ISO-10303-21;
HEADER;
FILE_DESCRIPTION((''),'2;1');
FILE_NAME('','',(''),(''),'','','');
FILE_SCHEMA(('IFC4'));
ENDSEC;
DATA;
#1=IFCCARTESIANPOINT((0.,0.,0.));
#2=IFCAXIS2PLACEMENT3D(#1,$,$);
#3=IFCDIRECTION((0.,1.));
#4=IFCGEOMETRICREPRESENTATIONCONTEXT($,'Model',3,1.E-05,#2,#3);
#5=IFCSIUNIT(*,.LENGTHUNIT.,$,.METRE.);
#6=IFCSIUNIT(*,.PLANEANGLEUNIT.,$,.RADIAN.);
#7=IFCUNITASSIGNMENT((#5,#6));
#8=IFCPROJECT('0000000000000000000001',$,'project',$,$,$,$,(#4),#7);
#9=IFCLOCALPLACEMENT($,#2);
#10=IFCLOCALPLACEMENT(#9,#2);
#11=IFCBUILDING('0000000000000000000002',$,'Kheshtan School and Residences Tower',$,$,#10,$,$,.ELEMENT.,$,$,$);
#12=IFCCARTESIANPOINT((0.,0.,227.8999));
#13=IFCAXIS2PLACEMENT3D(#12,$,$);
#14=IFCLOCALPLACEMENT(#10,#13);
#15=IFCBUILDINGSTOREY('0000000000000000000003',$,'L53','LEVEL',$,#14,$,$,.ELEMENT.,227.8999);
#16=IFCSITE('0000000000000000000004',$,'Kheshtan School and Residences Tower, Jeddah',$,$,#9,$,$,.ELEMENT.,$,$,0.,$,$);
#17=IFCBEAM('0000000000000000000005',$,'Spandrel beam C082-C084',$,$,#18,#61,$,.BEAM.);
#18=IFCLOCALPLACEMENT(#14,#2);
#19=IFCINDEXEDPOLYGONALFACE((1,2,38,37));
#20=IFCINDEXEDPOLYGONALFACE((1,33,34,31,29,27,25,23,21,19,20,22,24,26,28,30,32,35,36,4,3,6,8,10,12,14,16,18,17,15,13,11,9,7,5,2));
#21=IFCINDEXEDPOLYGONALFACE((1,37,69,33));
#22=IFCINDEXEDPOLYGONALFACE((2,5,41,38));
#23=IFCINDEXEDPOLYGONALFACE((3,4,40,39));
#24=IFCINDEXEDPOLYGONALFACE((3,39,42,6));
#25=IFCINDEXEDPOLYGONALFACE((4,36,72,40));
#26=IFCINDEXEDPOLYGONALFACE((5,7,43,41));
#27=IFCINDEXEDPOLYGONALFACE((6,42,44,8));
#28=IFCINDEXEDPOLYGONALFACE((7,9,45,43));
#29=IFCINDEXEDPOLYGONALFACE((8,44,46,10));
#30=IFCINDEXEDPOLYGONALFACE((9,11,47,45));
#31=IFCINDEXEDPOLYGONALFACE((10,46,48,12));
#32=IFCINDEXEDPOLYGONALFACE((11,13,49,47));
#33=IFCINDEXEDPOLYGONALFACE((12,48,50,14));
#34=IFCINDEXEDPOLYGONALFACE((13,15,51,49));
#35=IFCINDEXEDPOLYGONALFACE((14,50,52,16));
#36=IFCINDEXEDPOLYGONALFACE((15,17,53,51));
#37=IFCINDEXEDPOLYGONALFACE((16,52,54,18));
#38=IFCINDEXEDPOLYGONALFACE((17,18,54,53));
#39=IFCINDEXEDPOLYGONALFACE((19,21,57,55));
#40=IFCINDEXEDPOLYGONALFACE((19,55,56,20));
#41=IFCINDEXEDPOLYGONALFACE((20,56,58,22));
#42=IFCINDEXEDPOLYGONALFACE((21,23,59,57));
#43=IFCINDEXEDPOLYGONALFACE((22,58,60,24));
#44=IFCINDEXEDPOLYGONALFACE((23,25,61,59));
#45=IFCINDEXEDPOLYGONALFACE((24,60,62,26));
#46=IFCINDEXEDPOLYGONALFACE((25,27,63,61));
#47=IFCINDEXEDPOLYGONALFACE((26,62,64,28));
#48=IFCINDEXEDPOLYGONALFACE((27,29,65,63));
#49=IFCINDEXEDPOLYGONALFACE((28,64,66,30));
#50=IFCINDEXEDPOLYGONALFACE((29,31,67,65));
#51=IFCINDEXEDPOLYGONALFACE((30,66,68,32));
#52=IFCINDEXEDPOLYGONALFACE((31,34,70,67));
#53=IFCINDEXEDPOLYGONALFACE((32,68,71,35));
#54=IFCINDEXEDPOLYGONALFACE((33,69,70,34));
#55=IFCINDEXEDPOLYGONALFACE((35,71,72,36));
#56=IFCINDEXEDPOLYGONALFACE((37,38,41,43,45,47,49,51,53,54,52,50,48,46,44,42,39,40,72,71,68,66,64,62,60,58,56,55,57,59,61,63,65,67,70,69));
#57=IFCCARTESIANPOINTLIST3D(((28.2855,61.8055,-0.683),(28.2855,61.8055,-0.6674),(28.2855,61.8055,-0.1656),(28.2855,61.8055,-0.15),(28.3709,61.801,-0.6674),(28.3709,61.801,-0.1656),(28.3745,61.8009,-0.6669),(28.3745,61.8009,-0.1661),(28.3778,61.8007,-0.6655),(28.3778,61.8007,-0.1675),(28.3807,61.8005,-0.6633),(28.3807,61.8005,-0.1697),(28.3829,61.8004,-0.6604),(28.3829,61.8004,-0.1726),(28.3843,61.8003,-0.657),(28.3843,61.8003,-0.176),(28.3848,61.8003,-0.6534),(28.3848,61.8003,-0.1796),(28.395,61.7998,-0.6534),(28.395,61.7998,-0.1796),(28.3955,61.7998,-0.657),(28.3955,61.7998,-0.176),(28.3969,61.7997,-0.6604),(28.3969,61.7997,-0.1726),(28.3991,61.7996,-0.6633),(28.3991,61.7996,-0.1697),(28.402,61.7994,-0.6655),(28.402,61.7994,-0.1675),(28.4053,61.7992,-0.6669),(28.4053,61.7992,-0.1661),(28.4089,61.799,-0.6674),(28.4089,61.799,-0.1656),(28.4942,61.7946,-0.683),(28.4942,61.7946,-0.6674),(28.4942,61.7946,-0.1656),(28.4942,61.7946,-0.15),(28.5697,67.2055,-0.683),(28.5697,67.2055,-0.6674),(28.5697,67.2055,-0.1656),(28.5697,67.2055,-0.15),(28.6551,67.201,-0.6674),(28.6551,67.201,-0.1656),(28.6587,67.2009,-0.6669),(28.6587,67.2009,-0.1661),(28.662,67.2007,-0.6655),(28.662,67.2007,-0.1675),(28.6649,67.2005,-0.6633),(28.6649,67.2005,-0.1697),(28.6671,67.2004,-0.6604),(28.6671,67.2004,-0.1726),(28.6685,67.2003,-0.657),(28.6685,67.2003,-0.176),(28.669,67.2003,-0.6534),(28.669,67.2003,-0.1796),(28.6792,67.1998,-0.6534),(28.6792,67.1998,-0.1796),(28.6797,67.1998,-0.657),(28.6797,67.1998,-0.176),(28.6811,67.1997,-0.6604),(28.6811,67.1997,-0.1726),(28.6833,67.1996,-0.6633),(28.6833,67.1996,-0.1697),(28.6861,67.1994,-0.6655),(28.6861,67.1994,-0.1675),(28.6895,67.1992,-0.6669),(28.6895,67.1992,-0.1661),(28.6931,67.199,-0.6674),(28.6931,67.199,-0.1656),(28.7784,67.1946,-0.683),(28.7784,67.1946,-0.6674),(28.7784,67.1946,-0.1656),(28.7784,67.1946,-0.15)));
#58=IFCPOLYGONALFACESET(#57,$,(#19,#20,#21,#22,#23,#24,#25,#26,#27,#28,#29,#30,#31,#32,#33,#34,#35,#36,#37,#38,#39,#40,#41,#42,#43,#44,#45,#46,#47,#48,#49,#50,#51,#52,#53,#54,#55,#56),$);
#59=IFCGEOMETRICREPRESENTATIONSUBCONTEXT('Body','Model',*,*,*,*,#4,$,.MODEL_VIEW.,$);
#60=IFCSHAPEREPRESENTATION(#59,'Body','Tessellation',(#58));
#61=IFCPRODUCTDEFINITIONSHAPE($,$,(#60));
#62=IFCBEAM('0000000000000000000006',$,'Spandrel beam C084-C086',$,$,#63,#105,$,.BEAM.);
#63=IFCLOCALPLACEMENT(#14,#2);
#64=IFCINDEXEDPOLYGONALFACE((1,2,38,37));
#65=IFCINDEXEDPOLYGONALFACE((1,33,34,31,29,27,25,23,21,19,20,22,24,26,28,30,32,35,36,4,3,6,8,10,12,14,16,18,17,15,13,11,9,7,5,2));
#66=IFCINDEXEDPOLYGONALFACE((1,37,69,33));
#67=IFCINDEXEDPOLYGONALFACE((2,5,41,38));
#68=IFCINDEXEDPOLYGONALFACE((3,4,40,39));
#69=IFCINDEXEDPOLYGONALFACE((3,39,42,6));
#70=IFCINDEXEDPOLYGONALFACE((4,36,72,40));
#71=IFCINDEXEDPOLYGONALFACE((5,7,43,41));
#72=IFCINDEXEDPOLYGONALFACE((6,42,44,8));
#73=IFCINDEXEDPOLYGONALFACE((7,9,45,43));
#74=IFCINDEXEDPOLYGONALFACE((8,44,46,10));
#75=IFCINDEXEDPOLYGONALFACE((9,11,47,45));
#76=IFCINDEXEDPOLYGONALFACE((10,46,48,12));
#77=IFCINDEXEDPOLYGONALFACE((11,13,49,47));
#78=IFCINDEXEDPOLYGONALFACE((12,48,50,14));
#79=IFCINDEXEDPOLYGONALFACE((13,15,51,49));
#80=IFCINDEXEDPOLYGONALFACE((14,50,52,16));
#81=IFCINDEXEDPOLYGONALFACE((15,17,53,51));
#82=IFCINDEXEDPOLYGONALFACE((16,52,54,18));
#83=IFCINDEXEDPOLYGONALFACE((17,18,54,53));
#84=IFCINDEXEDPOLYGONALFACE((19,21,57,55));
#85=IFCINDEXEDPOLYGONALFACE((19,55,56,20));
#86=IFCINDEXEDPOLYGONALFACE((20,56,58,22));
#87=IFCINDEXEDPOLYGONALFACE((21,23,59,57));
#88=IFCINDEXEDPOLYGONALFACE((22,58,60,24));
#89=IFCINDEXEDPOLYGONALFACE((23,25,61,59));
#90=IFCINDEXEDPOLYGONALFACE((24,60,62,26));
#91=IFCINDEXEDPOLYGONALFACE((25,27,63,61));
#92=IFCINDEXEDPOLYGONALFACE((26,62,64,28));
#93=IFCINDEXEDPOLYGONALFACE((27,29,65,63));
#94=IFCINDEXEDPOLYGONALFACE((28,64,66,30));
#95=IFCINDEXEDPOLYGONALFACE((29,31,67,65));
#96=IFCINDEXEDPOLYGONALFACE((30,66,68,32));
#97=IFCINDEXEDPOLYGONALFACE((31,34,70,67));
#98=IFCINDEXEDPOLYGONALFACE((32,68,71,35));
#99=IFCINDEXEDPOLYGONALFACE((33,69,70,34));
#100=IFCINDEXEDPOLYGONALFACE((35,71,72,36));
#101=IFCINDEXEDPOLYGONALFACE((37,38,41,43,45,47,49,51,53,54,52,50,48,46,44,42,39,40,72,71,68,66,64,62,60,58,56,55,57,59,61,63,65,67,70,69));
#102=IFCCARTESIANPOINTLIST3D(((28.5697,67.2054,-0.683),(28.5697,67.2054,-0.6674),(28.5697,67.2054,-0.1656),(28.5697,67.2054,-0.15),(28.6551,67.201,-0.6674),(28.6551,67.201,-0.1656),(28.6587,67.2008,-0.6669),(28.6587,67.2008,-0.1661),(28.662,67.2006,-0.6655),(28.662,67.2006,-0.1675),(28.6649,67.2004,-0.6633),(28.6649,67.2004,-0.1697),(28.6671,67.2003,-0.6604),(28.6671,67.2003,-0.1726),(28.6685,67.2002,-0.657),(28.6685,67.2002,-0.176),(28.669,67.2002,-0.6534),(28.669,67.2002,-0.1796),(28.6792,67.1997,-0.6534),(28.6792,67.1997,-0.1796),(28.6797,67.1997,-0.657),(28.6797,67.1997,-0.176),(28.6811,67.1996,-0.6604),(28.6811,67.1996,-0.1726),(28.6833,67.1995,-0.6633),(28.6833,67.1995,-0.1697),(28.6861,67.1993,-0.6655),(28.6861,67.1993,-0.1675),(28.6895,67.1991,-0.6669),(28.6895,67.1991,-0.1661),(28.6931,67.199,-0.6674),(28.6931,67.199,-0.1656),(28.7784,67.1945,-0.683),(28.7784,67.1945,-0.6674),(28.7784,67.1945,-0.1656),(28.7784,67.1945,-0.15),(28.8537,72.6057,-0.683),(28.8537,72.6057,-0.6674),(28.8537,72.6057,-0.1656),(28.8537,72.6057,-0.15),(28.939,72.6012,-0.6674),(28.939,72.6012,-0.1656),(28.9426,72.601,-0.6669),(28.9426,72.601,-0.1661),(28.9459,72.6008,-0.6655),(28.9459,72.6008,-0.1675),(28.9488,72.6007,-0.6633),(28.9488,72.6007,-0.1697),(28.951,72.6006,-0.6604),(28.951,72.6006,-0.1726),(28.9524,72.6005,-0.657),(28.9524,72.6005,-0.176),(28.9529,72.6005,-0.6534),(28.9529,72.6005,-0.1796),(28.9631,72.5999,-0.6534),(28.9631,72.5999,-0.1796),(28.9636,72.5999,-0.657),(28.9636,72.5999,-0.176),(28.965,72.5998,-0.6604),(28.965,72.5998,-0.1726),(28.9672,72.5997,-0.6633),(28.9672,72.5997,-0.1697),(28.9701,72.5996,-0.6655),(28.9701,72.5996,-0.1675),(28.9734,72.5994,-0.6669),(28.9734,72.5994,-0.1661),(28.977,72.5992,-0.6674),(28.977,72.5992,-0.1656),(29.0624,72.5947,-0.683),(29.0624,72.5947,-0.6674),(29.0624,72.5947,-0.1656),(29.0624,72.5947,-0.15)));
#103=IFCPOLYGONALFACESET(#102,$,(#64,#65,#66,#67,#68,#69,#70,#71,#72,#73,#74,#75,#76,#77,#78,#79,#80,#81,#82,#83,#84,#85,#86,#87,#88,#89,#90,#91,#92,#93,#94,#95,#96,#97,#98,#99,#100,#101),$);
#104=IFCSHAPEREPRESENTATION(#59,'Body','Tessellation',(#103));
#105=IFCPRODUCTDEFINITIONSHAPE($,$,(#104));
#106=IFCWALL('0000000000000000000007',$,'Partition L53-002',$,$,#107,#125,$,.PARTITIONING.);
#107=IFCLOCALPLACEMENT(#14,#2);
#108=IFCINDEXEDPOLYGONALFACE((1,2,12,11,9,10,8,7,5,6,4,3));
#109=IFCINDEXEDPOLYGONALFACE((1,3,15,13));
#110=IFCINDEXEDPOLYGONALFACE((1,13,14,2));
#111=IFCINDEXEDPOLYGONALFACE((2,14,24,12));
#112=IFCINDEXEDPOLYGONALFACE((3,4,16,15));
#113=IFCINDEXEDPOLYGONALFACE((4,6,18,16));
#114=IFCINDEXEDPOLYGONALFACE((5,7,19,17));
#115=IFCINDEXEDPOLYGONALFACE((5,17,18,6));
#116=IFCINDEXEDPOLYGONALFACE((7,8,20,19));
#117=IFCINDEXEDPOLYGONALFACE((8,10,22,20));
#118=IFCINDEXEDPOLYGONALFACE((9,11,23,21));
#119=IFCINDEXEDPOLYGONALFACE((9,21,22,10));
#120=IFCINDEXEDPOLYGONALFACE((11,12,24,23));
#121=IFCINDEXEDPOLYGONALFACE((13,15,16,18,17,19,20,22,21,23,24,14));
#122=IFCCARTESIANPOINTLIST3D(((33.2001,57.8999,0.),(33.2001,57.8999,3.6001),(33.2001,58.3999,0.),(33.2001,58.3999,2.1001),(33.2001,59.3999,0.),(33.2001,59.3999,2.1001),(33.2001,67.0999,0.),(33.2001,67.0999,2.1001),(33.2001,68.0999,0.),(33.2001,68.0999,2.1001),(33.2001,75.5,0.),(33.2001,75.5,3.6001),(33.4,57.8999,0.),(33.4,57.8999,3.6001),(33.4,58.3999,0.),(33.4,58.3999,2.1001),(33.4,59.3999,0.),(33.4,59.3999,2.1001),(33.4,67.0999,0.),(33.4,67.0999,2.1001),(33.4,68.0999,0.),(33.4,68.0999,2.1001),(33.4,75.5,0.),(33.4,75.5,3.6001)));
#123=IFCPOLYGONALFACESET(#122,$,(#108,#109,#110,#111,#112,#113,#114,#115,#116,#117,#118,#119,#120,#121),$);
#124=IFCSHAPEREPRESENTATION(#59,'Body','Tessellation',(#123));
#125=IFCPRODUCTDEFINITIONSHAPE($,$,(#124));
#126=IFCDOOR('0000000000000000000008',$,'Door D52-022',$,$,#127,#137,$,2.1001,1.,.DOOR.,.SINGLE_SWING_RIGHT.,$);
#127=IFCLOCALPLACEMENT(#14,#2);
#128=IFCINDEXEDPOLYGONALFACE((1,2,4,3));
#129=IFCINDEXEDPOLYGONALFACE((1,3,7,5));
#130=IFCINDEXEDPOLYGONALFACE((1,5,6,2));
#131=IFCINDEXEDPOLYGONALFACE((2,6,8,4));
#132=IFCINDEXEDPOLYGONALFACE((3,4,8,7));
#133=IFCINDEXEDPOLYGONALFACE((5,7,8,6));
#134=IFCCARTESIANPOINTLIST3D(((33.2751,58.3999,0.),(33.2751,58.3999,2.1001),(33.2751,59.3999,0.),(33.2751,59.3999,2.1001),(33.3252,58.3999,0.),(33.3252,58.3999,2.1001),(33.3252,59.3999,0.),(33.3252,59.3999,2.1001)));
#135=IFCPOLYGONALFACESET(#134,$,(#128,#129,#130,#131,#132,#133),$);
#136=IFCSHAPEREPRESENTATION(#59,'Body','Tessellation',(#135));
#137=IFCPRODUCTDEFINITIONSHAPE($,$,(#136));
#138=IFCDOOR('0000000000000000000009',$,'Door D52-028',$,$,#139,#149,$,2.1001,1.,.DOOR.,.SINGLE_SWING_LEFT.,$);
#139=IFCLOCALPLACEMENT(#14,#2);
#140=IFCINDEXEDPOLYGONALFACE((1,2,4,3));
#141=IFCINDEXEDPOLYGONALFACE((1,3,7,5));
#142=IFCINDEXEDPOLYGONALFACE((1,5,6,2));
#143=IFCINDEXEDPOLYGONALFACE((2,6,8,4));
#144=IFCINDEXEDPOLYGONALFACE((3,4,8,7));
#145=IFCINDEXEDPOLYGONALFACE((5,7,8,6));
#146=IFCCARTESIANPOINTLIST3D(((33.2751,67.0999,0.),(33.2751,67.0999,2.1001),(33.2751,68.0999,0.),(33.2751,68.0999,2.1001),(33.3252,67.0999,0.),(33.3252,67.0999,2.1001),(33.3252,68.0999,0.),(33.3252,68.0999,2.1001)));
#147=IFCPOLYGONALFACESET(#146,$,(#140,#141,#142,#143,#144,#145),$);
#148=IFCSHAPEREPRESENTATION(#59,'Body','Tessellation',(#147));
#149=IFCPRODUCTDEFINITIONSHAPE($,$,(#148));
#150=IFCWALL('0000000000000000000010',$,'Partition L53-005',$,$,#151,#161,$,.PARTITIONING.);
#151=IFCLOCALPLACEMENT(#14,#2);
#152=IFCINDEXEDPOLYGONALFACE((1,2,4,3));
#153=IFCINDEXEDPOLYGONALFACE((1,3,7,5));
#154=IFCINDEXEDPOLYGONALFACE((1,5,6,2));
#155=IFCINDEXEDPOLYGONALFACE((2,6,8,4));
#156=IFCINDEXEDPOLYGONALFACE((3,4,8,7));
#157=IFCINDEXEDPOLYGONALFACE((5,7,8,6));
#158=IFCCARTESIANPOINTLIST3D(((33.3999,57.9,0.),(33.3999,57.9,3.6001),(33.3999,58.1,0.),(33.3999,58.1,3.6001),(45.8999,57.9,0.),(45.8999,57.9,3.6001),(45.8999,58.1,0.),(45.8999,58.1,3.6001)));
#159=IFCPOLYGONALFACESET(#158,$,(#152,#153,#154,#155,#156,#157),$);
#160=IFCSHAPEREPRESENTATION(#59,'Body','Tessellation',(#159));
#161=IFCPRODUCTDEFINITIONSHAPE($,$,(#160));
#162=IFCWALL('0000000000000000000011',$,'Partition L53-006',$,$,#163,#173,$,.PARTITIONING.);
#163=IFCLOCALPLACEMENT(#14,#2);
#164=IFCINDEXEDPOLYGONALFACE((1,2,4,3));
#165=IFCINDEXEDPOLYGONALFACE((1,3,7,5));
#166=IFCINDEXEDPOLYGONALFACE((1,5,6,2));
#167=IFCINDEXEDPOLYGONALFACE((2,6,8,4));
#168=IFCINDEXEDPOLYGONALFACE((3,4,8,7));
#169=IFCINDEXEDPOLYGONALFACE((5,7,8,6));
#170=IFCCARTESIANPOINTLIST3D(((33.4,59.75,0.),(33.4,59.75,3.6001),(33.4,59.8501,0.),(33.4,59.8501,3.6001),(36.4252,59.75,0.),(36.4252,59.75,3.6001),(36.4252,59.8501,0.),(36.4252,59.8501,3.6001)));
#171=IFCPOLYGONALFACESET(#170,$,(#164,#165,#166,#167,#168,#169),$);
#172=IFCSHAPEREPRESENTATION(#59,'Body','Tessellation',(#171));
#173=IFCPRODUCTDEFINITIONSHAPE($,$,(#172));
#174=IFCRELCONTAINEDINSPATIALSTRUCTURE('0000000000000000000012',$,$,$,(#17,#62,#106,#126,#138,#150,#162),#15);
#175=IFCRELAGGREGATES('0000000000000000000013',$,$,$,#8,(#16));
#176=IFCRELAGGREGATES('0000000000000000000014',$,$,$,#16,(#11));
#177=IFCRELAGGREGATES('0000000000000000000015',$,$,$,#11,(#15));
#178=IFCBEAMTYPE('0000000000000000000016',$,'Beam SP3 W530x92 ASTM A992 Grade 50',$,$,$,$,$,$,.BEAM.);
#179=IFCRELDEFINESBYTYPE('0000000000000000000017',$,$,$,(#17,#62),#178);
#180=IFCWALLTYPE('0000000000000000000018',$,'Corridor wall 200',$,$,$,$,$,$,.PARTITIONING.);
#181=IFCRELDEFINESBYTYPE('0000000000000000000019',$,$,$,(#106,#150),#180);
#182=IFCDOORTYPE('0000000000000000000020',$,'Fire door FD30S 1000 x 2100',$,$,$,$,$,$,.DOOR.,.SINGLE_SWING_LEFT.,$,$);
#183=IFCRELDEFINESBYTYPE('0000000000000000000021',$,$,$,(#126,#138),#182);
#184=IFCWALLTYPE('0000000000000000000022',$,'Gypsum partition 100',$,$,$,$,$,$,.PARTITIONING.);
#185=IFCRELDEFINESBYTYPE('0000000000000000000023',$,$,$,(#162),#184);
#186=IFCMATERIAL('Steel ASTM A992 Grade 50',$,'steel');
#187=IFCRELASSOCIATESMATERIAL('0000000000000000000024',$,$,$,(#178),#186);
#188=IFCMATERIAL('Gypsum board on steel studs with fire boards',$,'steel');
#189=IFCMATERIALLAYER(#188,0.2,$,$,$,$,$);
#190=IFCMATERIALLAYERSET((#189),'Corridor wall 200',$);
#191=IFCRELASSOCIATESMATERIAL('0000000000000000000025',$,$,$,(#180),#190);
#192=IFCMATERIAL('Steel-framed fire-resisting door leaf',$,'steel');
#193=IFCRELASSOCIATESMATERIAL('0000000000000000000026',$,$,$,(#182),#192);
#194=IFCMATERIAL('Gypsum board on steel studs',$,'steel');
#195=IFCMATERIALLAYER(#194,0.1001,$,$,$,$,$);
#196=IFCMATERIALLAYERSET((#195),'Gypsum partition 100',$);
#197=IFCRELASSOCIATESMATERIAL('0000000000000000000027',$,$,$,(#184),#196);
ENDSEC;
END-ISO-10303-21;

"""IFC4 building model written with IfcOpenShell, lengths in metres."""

from ifc_helpers import new_model, si_unit, direction, frame, frame_2d, origin, origin_2d, place, context, subcontext, project, spatial, rectangle, i_section, extrude, source, transform, mapped, material, layer, layer_set, material_profile, profile_set, type_object, element, fill, save


model = new_model("IFC4")

# Units and contexts
model_context = context("Model", 3, precision=1e-05, world=origin(), true_north=direction((0.0, 1.0)))
body_context = subcontext(model_context, "Body", "Model", "MODEL_VIEW")
ifc_project = project(units=[si_unit("LENGTHUNIT", "METRE"), si_unit("PLANEANGLEUNIT", "RADIAN")], contexts=[model_context])

# Site, building, storey
site_placement = place(None, origin())
site = spatial("IfcSite", under=ifc_project, at=site_placement, Name="Kheshtan School and Residences Tower, Jeddah", CompositionType="ELEMENT", RefElevation=0.0)
building_placement = place(site_placement, origin())
building = spatial("IfcBuilding", under=site, at=building_placement, Name="Kheshtan School and Residences Tower", CompositionType="ELEMENT")
storey_placement = place(building_placement, frame((0.0, 0.0, 227.8999)))
storey = spatial("IfcBuildingStorey", under=building, at=storey_placement, Name="L53", Description="LEVEL", CompositionType="ELEMENT", Elevation=227.8999)

# Shared definitions
ifc_material_1 = material(Name="Steel ASTM A992 Grade 50", Category="steel")

# Beams
ifc_material_profile_1 = material_profile(ifc_material_1, i_section(OverallWidth=0.209, OverallDepth=0.533, WebThickness=0.0103, FlangeThickness=0.0156, FilletRadius=0.0139, at=origin_2d()), Name="W530x92")
ifc_profile_set_1 = profile_set([ifc_material_profile_1], Name="Steel ASTM A992 Grade 50")
beam_type_1 = type_object("IfcBeamType", Name="Beam SP3 W530x92 ASTM A992 Grade 50", PredefinedType="BEAM", material=ifc_profile_set_1)
beam_1_placement = place(storey_placement, frame((28.3899, 61.8, -0.4165), z_axis=(0.052554, 0.998618, 0.0), x_axis=(-0.998618, 0.052554, 0.0)))
element("IfcBeam", 1, at=beam_1_placement, inside=storey, type_object=beam_type_1, Name="Spandrel beam C082-C084", PredefinedType="BEAM", context=body_context, shape_type="SweptSolid", body=[
    extrude(i_section(OverallWidth=0.209, OverallDepth=0.533, WebThickness=0.0103, FlangeThickness=0.0156, FilletRadius=0.0139, at=origin_2d()), origin(), (0.0, 0.0, 1.0), 5.4075),
])
beam_2_placement = place(storey_placement, frame((28.6741, 67.2, -0.4165), z_axis=(0.052507, 0.998621, 0.0), x_axis=(-0.998621, 0.052507, 0.0)))
element("IfcBeam", 2, at=beam_2_placement, inside=storey, type_object=beam_type_1, Name="Spandrel beam C084-C086", PredefinedType="BEAM", context=body_context, shape_type="SweptSolid", body=[
    extrude(i_section(OverallWidth=0.209, OverallDepth=0.533, WebThickness=0.0103, FlangeThickness=0.0156, FilletRadius=0.0139, at=origin_2d()), origin(), (0.0, 0.0, 1.0), 5.4077),
])

# Wall, openings, doors
ifc_material_2 = material(Name="Gypsum board on steel studs with fire boards", Category="steel")
ifc_layer_1 = layer(ifc_material_2, 0.2)
ifc_layer_set_1 = layer_set([ifc_layer_1], Name="Corridor wall 200")
wall_type_1 = type_object("IfcWallType", Name="Corridor wall 200", PredefinedType="PARTITIONING", material=ifc_layer_set_1)
wall_1_placement = place(storey_placement, frame((33.3, 57.8999, 0.0), z_axis=(0.0, 0.0, 1.0), x_axis=(0.0, 1.0, 0.0)))
wall_1 = element("IfcWall", 3, at=wall_1_placement, inside=storey, type_object=wall_type_1, Name="Partition L53-002", PredefinedType="PARTITIONING", context=body_context, shape_type="SweptSolid", body=[
    extrude(rectangle(XDim=17.6001, YDim=0.2, at=frame_2d((8.8, 0.0))), origin(), (0.0, 0.0, 1.0), 3.6001),
])
opening_1_placement = place(wall_1_placement, frame((0.5, 0.0, 0.0)))
opening_1 = element("IfcOpeningElement", 4, at=opening_1_placement, cuts=wall_1, PredefinedType="OPENING", context=body_context, shape_type="SweptSolid", body=[
    extrude(rectangle(XDim=1.0, YDim=2.1001, at=frame_2d((0.5, 1.05))), frame((0.0, 0.1099, 0.0), z_axis=(0.0, -1.0, 0.0), x_axis=(1.0, 0.0, 0.0)), (0.0, 0.0, 1.0), 0.22),
])
opening_2_placement = place(wall_1_placement, frame((9.2, 0.0, 0.0)))
opening_2 = element("IfcOpeningElement", 5, at=opening_2_placement, cuts=wall_1, PredefinedType="OPENING", context=body_context, shape_type="SweptSolid", body=[
    extrude(rectangle(XDim=1.0, YDim=2.1001, at=frame_2d((0.5, 1.05))), frame((0.0, 0.1099, 0.0), z_axis=(0.0, -1.0, 0.0), x_axis=(1.0, 0.0, 0.0)), (0.0, 0.0, 1.0), 0.22),
])
ifc_material_3 = material(Name="Steel-framed fire-resisting door leaf", Category="steel")
door_type = type_object("IfcDoorType", Name="Fire door FD30S 1000 x 2100", OperationType="SINGLE_SWING_LEFT", PredefinedType="DOOR", material=ifc_material_3)
shared_shape = source(origin(), body_context, "Body", "SweptSolid", [
    extrude(rectangle(XDim=1.0, YDim=2.1001, at=frame_2d((0.5, 1.05))), frame((0.0, 0.0249, 0.0), z_axis=(0.0, -1.0, 0.0), x_axis=(1.0, 0.0, 0.0)), (0.0, 0.0, 1.0), 0.05),
])
door_1_placement = place(opening_1_placement, origin())
door_1 = element("IfcDoor", 6, at=door_1_placement, inside=storey, type_object=door_type, Name="Door D52-022", OperationType="SINGLE_SWING_RIGHT", OverallHeight=2.1001, OverallWidth=1.0, PredefinedType="DOOR", context=body_context, shape_type="MappedRepresentation", body=[
    mapped(shared_shape, transform((0.0, 0.0, 0.0), x_axis=(1.0, 0.0, 0.0), y_axis=(0.0, 1.0, 0.0), z_axis=(0.0, 0.0, 1.0), scale=1.0)),
])
fill(opening_1, door_1)
door_2_placement = place(opening_2_placement, origin())
door_2 = element("IfcDoor", 7, at=door_2_placement, inside=storey, type_object=door_type, Name="Door D52-028", OperationType="SINGLE_SWING_LEFT", OverallHeight=2.1001, OverallWidth=1.0, PredefinedType="DOOR", context=body_context, shape_type="MappedRepresentation", body=[
    mapped(shared_shape, transform((0.0, 0.0, 0.0), x_axis=(1.0, 0.0, 0.0), y_axis=(0.0, 1.0, 0.0), z_axis=(0.0, 0.0, 1.0), scale=1.0)),
])
fill(opening_2, door_2)

# Walls
wall_2_placement = place(storey_placement, frame((33.3999, 58.0, 0.0), z_axis=(0.0, 0.0, 1.0), x_axis=(1.0, 0.0, 0.0)))
element("IfcWall", 8, at=wall_2_placement, inside=storey, type_object=wall_type_1, Name="Partition L53-005", PredefinedType="PARTITIONING", context=body_context, shape_type="SweptSolid", body=[
    extrude(rectangle(XDim=12.5, YDim=0.2, at=frame_2d((6.25, 0.0))), origin(), (0.0, 0.0, 1.0), 3.6001),
])
ifc_material_4 = material(Name="Gypsum board on steel studs", Category="steel")
ifc_layer_2 = layer(ifc_material_4, 0.1001)
ifc_layer_set_2 = layer_set([ifc_layer_2], Name="Gypsum partition 100")
wall_type_2 = type_object("IfcWallType", Name="Gypsum partition 100", PredefinedType="PARTITIONING", material=ifc_layer_set_2)
wall_3_placement = place(storey_placement, frame((33.3999, 59.8, 0.0), z_axis=(0.0, 0.0, 1.0), x_axis=(1.0, 0.0, 0.0)))
element("IfcWall", 9, at=wall_3_placement, inside=storey, type_object=wall_type_2, Name="Partition L53-006", PredefinedType="PARTITIONING", context=body_context, shape_type="SweptSolid", body=[
    extrude(rectangle(XDim=3.0251, YDim=0.1001, at=frame_2d((1.5127, 0.0))), origin(), (0.0, 0.0, 1.0), 3.6001),
])

save(model, "model.ifc")
